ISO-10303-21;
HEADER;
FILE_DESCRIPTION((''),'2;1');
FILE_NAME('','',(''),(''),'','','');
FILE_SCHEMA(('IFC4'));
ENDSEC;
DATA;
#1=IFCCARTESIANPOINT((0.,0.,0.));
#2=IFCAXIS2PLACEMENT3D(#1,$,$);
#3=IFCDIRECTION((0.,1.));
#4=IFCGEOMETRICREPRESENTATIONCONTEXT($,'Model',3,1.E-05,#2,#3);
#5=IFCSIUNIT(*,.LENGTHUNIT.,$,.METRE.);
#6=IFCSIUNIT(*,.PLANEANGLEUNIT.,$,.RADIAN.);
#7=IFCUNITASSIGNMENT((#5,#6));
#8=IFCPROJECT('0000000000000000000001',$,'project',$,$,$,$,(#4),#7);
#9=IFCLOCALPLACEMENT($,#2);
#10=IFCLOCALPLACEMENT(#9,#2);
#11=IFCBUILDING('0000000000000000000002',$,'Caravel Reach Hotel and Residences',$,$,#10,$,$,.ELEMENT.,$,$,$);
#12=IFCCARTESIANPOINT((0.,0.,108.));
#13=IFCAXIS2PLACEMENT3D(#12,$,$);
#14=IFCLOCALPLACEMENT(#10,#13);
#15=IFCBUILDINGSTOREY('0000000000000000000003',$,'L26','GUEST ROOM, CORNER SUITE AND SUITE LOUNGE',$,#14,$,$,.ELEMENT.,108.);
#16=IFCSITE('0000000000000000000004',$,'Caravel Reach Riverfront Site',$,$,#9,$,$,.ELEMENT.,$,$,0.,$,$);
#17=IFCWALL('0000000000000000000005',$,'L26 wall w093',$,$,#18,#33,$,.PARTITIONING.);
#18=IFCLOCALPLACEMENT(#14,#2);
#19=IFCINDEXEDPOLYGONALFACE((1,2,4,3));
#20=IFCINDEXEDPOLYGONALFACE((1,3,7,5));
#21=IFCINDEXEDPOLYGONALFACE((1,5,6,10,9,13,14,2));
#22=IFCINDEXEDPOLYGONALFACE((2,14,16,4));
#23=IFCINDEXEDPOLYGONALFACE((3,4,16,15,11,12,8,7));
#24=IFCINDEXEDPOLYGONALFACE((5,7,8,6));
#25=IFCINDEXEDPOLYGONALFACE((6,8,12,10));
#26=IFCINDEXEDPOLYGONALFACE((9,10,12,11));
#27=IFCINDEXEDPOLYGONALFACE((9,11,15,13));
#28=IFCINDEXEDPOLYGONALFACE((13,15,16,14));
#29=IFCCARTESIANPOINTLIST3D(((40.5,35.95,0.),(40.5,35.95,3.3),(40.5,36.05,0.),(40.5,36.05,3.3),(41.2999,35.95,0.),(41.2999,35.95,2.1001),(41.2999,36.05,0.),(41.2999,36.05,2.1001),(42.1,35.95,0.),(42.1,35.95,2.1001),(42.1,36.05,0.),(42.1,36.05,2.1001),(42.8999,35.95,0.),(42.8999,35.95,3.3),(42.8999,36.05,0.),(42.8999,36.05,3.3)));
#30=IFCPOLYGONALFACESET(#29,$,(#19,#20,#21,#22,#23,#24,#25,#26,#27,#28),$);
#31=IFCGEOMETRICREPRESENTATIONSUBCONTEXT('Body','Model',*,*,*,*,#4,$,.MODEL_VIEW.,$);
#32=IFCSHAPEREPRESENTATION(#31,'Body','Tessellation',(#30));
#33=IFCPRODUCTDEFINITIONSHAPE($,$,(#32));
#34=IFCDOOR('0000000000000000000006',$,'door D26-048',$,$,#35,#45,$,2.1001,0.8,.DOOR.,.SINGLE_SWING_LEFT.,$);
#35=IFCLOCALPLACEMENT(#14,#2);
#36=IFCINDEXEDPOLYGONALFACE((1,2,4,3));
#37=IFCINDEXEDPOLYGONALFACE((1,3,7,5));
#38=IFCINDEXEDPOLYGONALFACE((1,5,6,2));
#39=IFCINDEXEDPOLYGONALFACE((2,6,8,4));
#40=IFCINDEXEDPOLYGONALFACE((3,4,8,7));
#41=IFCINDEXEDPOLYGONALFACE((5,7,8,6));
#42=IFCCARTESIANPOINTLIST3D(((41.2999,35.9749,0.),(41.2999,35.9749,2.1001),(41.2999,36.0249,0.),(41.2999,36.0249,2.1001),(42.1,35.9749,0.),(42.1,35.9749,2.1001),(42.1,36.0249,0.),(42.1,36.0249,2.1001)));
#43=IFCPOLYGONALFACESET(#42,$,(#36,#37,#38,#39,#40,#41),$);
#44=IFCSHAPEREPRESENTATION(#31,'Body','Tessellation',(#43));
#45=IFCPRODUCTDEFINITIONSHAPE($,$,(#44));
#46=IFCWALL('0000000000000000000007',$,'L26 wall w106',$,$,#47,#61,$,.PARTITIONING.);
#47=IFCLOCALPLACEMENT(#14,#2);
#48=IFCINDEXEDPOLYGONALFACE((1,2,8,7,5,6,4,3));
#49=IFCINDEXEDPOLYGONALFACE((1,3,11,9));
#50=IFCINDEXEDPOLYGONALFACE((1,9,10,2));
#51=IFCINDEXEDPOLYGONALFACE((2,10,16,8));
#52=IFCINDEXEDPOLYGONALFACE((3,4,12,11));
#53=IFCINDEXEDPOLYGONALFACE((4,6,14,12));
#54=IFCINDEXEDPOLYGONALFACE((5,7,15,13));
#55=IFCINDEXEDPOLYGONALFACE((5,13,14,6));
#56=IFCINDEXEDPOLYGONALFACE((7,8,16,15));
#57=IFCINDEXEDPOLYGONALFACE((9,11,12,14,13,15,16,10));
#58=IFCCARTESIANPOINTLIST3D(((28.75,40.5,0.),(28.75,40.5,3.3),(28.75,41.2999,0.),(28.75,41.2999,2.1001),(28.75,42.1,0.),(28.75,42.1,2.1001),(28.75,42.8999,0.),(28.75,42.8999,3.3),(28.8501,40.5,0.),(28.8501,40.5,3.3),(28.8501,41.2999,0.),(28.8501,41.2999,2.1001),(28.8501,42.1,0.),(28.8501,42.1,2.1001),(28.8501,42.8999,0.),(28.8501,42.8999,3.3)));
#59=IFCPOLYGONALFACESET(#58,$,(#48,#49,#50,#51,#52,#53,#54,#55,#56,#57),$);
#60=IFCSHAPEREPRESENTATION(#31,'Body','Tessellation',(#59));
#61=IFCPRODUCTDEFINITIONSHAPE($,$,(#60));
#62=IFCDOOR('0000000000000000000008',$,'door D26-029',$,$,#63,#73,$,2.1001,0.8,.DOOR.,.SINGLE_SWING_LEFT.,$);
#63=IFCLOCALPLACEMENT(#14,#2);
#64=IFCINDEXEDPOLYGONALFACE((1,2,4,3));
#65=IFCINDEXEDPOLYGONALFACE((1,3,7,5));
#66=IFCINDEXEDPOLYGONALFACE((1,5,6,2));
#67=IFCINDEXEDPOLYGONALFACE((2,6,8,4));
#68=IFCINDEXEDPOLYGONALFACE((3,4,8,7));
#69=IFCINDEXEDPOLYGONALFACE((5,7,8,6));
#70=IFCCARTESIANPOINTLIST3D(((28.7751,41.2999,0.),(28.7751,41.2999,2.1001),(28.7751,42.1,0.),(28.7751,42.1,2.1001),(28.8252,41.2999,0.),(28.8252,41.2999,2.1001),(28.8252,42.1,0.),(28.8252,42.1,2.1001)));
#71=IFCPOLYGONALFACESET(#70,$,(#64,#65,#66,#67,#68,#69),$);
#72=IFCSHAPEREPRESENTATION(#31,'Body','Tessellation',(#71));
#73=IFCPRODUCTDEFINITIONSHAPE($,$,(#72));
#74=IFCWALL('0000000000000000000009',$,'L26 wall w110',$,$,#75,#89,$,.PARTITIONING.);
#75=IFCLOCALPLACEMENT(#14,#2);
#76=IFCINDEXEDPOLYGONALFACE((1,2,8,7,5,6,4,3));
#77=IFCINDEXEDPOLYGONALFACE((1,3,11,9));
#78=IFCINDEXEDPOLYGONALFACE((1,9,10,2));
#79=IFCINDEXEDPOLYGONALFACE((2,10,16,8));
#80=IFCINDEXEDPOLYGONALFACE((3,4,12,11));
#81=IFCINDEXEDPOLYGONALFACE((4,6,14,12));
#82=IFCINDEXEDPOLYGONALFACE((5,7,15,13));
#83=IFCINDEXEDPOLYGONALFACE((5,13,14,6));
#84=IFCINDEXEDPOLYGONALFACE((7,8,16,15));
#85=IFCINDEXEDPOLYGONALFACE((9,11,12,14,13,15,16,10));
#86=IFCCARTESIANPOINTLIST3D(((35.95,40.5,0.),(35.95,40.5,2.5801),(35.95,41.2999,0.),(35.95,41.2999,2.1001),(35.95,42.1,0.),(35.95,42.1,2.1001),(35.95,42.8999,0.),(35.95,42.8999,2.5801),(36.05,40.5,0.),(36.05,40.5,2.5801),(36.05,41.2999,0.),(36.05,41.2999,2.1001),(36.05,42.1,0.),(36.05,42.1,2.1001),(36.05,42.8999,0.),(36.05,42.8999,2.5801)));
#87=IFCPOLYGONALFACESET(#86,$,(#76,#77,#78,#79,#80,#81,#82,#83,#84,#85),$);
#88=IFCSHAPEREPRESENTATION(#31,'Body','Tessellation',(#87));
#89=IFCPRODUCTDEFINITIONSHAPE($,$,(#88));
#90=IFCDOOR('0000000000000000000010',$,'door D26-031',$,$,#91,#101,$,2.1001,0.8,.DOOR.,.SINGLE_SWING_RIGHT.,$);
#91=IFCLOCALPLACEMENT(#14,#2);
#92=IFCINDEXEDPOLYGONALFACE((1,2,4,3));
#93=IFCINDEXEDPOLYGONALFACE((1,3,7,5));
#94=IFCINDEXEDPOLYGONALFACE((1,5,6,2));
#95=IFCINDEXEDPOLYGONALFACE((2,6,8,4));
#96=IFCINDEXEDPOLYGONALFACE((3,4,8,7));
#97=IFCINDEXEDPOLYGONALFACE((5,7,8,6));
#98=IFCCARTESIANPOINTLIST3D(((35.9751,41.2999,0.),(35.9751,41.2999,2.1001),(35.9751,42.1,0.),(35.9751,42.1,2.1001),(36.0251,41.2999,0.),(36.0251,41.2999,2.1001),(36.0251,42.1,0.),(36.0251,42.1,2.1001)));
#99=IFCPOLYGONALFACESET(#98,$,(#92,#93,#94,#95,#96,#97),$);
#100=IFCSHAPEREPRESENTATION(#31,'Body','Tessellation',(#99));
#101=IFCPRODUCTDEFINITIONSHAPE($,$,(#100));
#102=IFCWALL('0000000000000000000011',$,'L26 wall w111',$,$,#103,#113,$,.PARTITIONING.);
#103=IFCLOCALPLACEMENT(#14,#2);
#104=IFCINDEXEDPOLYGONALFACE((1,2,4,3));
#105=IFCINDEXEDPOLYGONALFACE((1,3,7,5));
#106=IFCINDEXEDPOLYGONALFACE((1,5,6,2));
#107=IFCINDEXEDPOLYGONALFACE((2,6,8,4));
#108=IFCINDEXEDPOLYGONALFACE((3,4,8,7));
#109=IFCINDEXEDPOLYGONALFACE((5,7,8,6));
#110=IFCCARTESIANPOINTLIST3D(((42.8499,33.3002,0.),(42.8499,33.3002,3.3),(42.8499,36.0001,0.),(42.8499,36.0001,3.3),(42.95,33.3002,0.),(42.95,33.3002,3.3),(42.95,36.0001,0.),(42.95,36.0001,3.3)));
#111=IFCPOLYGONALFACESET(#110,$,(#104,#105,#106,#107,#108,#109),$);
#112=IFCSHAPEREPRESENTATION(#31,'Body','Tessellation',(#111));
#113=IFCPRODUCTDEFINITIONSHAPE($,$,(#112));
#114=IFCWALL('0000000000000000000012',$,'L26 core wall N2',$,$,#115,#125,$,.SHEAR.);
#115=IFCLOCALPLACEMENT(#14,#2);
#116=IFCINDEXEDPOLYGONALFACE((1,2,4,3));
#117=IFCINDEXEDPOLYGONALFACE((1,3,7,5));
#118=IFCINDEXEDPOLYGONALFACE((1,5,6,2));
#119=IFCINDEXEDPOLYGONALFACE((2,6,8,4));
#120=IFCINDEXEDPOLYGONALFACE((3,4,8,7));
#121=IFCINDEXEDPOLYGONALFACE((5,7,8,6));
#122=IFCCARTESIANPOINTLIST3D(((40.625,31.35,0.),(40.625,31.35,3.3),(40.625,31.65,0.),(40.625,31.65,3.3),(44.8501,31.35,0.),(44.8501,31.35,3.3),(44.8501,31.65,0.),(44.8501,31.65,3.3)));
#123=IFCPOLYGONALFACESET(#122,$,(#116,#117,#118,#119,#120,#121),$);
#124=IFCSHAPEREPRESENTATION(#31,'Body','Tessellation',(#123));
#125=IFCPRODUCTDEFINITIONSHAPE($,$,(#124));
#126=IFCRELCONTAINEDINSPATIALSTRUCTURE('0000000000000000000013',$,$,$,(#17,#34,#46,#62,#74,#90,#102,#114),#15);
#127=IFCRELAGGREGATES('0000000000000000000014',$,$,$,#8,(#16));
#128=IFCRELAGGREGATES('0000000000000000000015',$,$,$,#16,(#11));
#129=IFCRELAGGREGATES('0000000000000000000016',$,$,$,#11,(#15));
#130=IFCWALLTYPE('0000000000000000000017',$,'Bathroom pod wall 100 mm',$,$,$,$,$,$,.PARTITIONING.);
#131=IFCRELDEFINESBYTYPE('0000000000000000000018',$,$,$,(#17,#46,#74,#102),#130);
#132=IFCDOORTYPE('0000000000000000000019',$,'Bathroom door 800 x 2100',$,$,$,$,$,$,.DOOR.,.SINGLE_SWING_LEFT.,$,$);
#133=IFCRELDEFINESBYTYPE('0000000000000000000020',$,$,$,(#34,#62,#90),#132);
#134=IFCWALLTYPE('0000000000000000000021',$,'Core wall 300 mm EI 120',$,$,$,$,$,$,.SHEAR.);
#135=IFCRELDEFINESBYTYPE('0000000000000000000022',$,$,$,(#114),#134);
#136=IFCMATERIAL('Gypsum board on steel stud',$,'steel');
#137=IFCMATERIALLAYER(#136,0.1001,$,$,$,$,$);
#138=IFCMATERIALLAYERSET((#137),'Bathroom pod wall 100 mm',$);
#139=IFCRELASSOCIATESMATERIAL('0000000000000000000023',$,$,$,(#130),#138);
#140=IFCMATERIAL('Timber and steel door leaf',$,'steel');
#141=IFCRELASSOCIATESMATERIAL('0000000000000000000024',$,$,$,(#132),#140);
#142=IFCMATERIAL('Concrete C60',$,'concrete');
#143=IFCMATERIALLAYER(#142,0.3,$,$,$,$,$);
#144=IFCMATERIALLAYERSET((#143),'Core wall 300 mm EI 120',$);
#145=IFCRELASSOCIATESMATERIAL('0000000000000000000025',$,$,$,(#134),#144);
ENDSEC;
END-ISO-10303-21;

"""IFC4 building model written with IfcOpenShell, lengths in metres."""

from ifc_helpers import new_model, si_unit, direction, frame, frame_2d, origin, place, context, subcontext, project, spatial, rectangle, extrude, material, layer, layer_set, type_object, element, fill, save


model = new_model("IFC4")

# Units and contexts
model_context = context("Model", 3, precision=1e-05, world=origin(), true_north=direction((0.0, 1.0)))
body_context = subcontext(model_context, "Body", "Model", "MODEL_VIEW")
ifc_project = project(units=[si_unit("LENGTHUNIT", "METRE"), si_unit("PLANEANGLEUNIT", "RADIAN")], contexts=[model_context])

# Site, building, storey
site_placement = place(None, origin())
site = spatial("IfcSite", under=ifc_project, at=site_placement, Name="Caravel Reach Riverfront Site", CompositionType="ELEMENT", RefElevation=0.0)
building_placement = place(site_placement, origin())
building = spatial("IfcBuilding", under=site, at=building_placement, Name="Caravel Reach Hotel and Residences", CompositionType="ELEMENT")
storey_placement = place(building_placement, frame((0.0, 0.0, 108.0)))
storey = spatial("IfcBuildingStorey", under=building, at=storey_placement, Name="L26", Description="GUEST ROOM, CORNER SUITE AND SUITE LOUNGE", CompositionType="ELEMENT", Elevation=108.0)

# Walls, openings, doors
ifc_material_1 = material(Name="Gypsum board on steel stud", Category="steel")
ifc_layer_1 = layer(ifc_material_1, 0.1001)
ifc_layer_set_1 = layer_set([ifc_layer_1], Name="Bathroom pod wall 100 mm")
wall_type_1 = type_object("IfcWallType", Name="Bathroom pod wall 100 mm", PredefinedType="PARTITIONING", material=ifc_layer_set_1)
wall_1_placement = place(storey_placement, frame((40.5, 36.0, 0.0), z_axis=(0.0, 0.0, 1.0), x_axis=(1.0, 0.0, 0.0)))
wall_1 = element("IfcWall", 1, at=wall_1_placement, inside=storey, type_object=wall_type_1, Name="L26 wall w093", PredefinedType="PARTITIONING", context=body_context, shape_type="SweptSolid", body=[
    extrude(rectangle(XDim=2.3999, YDim=0.1001, at=frame_2d((1.2, 0.0))), origin(), (0.0, 0.0, 1.0), 3.3),
])
opening_1_placement = place(wall_1_placement, frame((0.8, 0.0, 0.0)))
opening_1 = element("IfcOpeningElement", 2, at=opening_1_placement, cuts=wall_1, PredefinedType="OPENING", context=body_context, shape_type="SweptSolid", body=[
    extrude(rectangle(XDim=0.8, YDim=2.1001, at=frame_2d((0.3999, 1.05))), frame((0.0, 0.0601, 0.0), z_axis=(0.0, -1.0, 0.0), x_axis=(1.0, 0.0, 0.0)), (0.0, 0.0, 1.0), 0.1201),
])
ifc_material_2 = material(Name="Timber and steel door leaf", Category="steel")
door_type_1 = type_object("IfcDoorType", Name="Bathroom door 800 x 2100", OperationType="SINGLE_SWING_LEFT", PredefinedType="DOOR", material=ifc_material_2)
door_1_placement = place(opening_1_placement, origin())
door_1 = element("IfcDoor", 3, at=door_1_placement, inside=storey, type_object=door_type_1, Name="door D26-048", OperationType="SINGLE_SWING_LEFT", OverallHeight=2.1001, OverallWidth=0.8, PredefinedType="DOOR", context=body_context, shape_type="SweptSolid", body=[
    extrude(rectangle(XDim=0.8, YDim=2.1001, at=frame_2d((0.3999, 1.05))), frame((0.0, 0.0249, 0.0), z_axis=(0.0, -1.0, 0.0), x_axis=(1.0, 0.0, 0.0)), (0.0, 0.0, 1.0), 0.05),
])
fill(opening_1, door_1)
wall_2_placement = place(storey_placement, frame((28.8, 40.5, 0.0), z_axis=(0.0, 0.0, 1.0), x_axis=(0.0, 1.0, 0.0)))
wall_2 = element("IfcWall", 4, at=wall_2_placement, inside=storey, type_object=wall_type_1, Name="L26 wall w106", PredefinedType="PARTITIONING", context=body_context, shape_type="SweptSolid", body=[
    extrude(rectangle(XDim=2.3999, YDim=0.1001, at=frame_2d((1.2, 0.0))), origin(), (0.0, 0.0, 1.0), 3.3),
])
opening_2_placement = place(wall_2_placement, frame((0.8, 0.0, 0.0)))
opening_2 = element("IfcOpeningElement", 5, at=opening_2_placement, cuts=wall_2, PredefinedType="OPENING", context=body_context, shape_type="SweptSolid", body=[
    extrude(rectangle(XDim=0.8, YDim=2.1001, at=frame_2d((0.3999, 1.05))), frame((0.0, 0.0601, 0.0), z_axis=(0.0, -1.0, 0.0), x_axis=(1.0, 0.0, 0.0)), (0.0, 0.0, 1.0), 0.1201),
])
door_2_placement = place(opening_2_placement, origin())
door_2 = element("IfcDoor", 6, at=door_2_placement, inside=storey, type_object=door_type_1, Name="door D26-029", OperationType="SINGLE_SWING_LEFT", OverallHeight=2.1001, OverallWidth=0.8, PredefinedType="DOOR", context=body_context, shape_type="SweptSolid", body=[
    extrude(rectangle(XDim=0.8, YDim=2.1001, at=frame_2d((0.3999, 1.05))), frame((0.0, 0.0249, 0.0), z_axis=(0.0, -1.0, 0.0), x_axis=(1.0, 0.0, 0.0)), (0.0, 0.0, 1.0), 0.05),
])
fill(opening_2, door_2)
wall_3_placement = place(storey_placement, frame((36.0, 40.5, 0.0), z_axis=(0.0, 0.0, 1.0), x_axis=(0.0, 1.0, 0.0)))
wall_3 = element("IfcWall", 7, at=wall_3_placement, inside=storey, type_object=wall_type_1, Name="L26 wall w110", PredefinedType="PARTITIONING", context=body_context, shape_type="SweptSolid", body=[
    extrude(rectangle(XDim=2.3999, YDim=0.1001, at=frame_2d((1.2, 0.0))), origin(), (0.0, 0.0, 1.0), 2.5801),
])
opening_3_placement = place(wall_3_placement, frame((0.8, 0.0, 0.0)))
opening_3 = element("IfcOpeningElement", 8, at=opening_3_placement, cuts=wall_3, PredefinedType="OPENING", context=body_context, shape_type="SweptSolid", body=[
    extrude(rectangle(XDim=0.8, YDim=2.1001, at=frame_2d((0.3999, 1.05))), frame((0.0, 0.0601, 0.0), z_axis=(0.0, -1.0, 0.0), x_axis=(1.0, 0.0, 0.0)), (0.0, 0.0, 1.0), 0.1201),
])
door_3_placement = place(opening_3_placement, origin())
door_3 = element("IfcDoor", 9, at=door_3_placement, inside=storey, type_object=door_type_1, Name="door D26-031", OperationType="SINGLE_SWING_RIGHT", OverallHeight=2.1001, OverallWidth=0.8, PredefinedType="DOOR", context=body_context, shape_type="SweptSolid", body=[
    extrude(rectangle(XDim=0.8, YDim=2.1001, at=frame_2d((0.3999, 1.05))), frame((0.0, 0.0249, 0.0), z_axis=(0.0, -1.0, 0.0), x_axis=(1.0, 0.0, 0.0)), (0.0, 0.0, 1.0), 0.05),
])
fill(opening_3, door_3)

# Walls
wall_4_placement = place(storey_placement, frame((42.8999, 33.3, 0.0), z_axis=(0.0, 0.0, 1.0), x_axis=(0.0, 1.0, 0.0)))
element("IfcWall", 10, at=wall_4_placement, inside=storey, type_object=wall_type_1, Name="L26 wall w111", PredefinedType="PARTITIONING", context=body_context, shape_type="SweptSolid", body=[
    extrude(rectangle(XDim=2.7, YDim=0.1001, at=frame_2d((1.3501, 0.0))), origin(), (0.0, 0.0, 1.0), 3.3),
])
ifc_material_3 = material(Name="Concrete C60", Category="concrete")
ifc_layer_2 = layer(ifc_material_3, 0.3)
ifc_layer_set_2 = layer_set([ifc_layer_2], Name="Core wall 300 mm EI 120")
wall_type_2 = type_object("IfcWallType", Name="Core wall 300 mm EI 120", PredefinedType="SHEAR", material=ifc_layer_set_2)
wall_5_placement = place(storey_placement, frame((40.625, 31.5, 0.0), z_axis=(0.0, 0.0, 1.0), x_axis=(1.0, 0.0, 0.0)))
element("IfcWall", 11, at=wall_5_placement, inside=storey, type_object=wall_type_2, Name="L26 core wall N2", PredefinedType="SHEAR", context=body_context, shape_type="SweptSolid", body=[
    extrude(rectangle(XDim=4.2251, YDim=0.3, at=frame_2d((2.1125, 0.0))), origin(), (0.0, 0.0, 1.0), 3.3),
])

save(model, "model.ifc")
